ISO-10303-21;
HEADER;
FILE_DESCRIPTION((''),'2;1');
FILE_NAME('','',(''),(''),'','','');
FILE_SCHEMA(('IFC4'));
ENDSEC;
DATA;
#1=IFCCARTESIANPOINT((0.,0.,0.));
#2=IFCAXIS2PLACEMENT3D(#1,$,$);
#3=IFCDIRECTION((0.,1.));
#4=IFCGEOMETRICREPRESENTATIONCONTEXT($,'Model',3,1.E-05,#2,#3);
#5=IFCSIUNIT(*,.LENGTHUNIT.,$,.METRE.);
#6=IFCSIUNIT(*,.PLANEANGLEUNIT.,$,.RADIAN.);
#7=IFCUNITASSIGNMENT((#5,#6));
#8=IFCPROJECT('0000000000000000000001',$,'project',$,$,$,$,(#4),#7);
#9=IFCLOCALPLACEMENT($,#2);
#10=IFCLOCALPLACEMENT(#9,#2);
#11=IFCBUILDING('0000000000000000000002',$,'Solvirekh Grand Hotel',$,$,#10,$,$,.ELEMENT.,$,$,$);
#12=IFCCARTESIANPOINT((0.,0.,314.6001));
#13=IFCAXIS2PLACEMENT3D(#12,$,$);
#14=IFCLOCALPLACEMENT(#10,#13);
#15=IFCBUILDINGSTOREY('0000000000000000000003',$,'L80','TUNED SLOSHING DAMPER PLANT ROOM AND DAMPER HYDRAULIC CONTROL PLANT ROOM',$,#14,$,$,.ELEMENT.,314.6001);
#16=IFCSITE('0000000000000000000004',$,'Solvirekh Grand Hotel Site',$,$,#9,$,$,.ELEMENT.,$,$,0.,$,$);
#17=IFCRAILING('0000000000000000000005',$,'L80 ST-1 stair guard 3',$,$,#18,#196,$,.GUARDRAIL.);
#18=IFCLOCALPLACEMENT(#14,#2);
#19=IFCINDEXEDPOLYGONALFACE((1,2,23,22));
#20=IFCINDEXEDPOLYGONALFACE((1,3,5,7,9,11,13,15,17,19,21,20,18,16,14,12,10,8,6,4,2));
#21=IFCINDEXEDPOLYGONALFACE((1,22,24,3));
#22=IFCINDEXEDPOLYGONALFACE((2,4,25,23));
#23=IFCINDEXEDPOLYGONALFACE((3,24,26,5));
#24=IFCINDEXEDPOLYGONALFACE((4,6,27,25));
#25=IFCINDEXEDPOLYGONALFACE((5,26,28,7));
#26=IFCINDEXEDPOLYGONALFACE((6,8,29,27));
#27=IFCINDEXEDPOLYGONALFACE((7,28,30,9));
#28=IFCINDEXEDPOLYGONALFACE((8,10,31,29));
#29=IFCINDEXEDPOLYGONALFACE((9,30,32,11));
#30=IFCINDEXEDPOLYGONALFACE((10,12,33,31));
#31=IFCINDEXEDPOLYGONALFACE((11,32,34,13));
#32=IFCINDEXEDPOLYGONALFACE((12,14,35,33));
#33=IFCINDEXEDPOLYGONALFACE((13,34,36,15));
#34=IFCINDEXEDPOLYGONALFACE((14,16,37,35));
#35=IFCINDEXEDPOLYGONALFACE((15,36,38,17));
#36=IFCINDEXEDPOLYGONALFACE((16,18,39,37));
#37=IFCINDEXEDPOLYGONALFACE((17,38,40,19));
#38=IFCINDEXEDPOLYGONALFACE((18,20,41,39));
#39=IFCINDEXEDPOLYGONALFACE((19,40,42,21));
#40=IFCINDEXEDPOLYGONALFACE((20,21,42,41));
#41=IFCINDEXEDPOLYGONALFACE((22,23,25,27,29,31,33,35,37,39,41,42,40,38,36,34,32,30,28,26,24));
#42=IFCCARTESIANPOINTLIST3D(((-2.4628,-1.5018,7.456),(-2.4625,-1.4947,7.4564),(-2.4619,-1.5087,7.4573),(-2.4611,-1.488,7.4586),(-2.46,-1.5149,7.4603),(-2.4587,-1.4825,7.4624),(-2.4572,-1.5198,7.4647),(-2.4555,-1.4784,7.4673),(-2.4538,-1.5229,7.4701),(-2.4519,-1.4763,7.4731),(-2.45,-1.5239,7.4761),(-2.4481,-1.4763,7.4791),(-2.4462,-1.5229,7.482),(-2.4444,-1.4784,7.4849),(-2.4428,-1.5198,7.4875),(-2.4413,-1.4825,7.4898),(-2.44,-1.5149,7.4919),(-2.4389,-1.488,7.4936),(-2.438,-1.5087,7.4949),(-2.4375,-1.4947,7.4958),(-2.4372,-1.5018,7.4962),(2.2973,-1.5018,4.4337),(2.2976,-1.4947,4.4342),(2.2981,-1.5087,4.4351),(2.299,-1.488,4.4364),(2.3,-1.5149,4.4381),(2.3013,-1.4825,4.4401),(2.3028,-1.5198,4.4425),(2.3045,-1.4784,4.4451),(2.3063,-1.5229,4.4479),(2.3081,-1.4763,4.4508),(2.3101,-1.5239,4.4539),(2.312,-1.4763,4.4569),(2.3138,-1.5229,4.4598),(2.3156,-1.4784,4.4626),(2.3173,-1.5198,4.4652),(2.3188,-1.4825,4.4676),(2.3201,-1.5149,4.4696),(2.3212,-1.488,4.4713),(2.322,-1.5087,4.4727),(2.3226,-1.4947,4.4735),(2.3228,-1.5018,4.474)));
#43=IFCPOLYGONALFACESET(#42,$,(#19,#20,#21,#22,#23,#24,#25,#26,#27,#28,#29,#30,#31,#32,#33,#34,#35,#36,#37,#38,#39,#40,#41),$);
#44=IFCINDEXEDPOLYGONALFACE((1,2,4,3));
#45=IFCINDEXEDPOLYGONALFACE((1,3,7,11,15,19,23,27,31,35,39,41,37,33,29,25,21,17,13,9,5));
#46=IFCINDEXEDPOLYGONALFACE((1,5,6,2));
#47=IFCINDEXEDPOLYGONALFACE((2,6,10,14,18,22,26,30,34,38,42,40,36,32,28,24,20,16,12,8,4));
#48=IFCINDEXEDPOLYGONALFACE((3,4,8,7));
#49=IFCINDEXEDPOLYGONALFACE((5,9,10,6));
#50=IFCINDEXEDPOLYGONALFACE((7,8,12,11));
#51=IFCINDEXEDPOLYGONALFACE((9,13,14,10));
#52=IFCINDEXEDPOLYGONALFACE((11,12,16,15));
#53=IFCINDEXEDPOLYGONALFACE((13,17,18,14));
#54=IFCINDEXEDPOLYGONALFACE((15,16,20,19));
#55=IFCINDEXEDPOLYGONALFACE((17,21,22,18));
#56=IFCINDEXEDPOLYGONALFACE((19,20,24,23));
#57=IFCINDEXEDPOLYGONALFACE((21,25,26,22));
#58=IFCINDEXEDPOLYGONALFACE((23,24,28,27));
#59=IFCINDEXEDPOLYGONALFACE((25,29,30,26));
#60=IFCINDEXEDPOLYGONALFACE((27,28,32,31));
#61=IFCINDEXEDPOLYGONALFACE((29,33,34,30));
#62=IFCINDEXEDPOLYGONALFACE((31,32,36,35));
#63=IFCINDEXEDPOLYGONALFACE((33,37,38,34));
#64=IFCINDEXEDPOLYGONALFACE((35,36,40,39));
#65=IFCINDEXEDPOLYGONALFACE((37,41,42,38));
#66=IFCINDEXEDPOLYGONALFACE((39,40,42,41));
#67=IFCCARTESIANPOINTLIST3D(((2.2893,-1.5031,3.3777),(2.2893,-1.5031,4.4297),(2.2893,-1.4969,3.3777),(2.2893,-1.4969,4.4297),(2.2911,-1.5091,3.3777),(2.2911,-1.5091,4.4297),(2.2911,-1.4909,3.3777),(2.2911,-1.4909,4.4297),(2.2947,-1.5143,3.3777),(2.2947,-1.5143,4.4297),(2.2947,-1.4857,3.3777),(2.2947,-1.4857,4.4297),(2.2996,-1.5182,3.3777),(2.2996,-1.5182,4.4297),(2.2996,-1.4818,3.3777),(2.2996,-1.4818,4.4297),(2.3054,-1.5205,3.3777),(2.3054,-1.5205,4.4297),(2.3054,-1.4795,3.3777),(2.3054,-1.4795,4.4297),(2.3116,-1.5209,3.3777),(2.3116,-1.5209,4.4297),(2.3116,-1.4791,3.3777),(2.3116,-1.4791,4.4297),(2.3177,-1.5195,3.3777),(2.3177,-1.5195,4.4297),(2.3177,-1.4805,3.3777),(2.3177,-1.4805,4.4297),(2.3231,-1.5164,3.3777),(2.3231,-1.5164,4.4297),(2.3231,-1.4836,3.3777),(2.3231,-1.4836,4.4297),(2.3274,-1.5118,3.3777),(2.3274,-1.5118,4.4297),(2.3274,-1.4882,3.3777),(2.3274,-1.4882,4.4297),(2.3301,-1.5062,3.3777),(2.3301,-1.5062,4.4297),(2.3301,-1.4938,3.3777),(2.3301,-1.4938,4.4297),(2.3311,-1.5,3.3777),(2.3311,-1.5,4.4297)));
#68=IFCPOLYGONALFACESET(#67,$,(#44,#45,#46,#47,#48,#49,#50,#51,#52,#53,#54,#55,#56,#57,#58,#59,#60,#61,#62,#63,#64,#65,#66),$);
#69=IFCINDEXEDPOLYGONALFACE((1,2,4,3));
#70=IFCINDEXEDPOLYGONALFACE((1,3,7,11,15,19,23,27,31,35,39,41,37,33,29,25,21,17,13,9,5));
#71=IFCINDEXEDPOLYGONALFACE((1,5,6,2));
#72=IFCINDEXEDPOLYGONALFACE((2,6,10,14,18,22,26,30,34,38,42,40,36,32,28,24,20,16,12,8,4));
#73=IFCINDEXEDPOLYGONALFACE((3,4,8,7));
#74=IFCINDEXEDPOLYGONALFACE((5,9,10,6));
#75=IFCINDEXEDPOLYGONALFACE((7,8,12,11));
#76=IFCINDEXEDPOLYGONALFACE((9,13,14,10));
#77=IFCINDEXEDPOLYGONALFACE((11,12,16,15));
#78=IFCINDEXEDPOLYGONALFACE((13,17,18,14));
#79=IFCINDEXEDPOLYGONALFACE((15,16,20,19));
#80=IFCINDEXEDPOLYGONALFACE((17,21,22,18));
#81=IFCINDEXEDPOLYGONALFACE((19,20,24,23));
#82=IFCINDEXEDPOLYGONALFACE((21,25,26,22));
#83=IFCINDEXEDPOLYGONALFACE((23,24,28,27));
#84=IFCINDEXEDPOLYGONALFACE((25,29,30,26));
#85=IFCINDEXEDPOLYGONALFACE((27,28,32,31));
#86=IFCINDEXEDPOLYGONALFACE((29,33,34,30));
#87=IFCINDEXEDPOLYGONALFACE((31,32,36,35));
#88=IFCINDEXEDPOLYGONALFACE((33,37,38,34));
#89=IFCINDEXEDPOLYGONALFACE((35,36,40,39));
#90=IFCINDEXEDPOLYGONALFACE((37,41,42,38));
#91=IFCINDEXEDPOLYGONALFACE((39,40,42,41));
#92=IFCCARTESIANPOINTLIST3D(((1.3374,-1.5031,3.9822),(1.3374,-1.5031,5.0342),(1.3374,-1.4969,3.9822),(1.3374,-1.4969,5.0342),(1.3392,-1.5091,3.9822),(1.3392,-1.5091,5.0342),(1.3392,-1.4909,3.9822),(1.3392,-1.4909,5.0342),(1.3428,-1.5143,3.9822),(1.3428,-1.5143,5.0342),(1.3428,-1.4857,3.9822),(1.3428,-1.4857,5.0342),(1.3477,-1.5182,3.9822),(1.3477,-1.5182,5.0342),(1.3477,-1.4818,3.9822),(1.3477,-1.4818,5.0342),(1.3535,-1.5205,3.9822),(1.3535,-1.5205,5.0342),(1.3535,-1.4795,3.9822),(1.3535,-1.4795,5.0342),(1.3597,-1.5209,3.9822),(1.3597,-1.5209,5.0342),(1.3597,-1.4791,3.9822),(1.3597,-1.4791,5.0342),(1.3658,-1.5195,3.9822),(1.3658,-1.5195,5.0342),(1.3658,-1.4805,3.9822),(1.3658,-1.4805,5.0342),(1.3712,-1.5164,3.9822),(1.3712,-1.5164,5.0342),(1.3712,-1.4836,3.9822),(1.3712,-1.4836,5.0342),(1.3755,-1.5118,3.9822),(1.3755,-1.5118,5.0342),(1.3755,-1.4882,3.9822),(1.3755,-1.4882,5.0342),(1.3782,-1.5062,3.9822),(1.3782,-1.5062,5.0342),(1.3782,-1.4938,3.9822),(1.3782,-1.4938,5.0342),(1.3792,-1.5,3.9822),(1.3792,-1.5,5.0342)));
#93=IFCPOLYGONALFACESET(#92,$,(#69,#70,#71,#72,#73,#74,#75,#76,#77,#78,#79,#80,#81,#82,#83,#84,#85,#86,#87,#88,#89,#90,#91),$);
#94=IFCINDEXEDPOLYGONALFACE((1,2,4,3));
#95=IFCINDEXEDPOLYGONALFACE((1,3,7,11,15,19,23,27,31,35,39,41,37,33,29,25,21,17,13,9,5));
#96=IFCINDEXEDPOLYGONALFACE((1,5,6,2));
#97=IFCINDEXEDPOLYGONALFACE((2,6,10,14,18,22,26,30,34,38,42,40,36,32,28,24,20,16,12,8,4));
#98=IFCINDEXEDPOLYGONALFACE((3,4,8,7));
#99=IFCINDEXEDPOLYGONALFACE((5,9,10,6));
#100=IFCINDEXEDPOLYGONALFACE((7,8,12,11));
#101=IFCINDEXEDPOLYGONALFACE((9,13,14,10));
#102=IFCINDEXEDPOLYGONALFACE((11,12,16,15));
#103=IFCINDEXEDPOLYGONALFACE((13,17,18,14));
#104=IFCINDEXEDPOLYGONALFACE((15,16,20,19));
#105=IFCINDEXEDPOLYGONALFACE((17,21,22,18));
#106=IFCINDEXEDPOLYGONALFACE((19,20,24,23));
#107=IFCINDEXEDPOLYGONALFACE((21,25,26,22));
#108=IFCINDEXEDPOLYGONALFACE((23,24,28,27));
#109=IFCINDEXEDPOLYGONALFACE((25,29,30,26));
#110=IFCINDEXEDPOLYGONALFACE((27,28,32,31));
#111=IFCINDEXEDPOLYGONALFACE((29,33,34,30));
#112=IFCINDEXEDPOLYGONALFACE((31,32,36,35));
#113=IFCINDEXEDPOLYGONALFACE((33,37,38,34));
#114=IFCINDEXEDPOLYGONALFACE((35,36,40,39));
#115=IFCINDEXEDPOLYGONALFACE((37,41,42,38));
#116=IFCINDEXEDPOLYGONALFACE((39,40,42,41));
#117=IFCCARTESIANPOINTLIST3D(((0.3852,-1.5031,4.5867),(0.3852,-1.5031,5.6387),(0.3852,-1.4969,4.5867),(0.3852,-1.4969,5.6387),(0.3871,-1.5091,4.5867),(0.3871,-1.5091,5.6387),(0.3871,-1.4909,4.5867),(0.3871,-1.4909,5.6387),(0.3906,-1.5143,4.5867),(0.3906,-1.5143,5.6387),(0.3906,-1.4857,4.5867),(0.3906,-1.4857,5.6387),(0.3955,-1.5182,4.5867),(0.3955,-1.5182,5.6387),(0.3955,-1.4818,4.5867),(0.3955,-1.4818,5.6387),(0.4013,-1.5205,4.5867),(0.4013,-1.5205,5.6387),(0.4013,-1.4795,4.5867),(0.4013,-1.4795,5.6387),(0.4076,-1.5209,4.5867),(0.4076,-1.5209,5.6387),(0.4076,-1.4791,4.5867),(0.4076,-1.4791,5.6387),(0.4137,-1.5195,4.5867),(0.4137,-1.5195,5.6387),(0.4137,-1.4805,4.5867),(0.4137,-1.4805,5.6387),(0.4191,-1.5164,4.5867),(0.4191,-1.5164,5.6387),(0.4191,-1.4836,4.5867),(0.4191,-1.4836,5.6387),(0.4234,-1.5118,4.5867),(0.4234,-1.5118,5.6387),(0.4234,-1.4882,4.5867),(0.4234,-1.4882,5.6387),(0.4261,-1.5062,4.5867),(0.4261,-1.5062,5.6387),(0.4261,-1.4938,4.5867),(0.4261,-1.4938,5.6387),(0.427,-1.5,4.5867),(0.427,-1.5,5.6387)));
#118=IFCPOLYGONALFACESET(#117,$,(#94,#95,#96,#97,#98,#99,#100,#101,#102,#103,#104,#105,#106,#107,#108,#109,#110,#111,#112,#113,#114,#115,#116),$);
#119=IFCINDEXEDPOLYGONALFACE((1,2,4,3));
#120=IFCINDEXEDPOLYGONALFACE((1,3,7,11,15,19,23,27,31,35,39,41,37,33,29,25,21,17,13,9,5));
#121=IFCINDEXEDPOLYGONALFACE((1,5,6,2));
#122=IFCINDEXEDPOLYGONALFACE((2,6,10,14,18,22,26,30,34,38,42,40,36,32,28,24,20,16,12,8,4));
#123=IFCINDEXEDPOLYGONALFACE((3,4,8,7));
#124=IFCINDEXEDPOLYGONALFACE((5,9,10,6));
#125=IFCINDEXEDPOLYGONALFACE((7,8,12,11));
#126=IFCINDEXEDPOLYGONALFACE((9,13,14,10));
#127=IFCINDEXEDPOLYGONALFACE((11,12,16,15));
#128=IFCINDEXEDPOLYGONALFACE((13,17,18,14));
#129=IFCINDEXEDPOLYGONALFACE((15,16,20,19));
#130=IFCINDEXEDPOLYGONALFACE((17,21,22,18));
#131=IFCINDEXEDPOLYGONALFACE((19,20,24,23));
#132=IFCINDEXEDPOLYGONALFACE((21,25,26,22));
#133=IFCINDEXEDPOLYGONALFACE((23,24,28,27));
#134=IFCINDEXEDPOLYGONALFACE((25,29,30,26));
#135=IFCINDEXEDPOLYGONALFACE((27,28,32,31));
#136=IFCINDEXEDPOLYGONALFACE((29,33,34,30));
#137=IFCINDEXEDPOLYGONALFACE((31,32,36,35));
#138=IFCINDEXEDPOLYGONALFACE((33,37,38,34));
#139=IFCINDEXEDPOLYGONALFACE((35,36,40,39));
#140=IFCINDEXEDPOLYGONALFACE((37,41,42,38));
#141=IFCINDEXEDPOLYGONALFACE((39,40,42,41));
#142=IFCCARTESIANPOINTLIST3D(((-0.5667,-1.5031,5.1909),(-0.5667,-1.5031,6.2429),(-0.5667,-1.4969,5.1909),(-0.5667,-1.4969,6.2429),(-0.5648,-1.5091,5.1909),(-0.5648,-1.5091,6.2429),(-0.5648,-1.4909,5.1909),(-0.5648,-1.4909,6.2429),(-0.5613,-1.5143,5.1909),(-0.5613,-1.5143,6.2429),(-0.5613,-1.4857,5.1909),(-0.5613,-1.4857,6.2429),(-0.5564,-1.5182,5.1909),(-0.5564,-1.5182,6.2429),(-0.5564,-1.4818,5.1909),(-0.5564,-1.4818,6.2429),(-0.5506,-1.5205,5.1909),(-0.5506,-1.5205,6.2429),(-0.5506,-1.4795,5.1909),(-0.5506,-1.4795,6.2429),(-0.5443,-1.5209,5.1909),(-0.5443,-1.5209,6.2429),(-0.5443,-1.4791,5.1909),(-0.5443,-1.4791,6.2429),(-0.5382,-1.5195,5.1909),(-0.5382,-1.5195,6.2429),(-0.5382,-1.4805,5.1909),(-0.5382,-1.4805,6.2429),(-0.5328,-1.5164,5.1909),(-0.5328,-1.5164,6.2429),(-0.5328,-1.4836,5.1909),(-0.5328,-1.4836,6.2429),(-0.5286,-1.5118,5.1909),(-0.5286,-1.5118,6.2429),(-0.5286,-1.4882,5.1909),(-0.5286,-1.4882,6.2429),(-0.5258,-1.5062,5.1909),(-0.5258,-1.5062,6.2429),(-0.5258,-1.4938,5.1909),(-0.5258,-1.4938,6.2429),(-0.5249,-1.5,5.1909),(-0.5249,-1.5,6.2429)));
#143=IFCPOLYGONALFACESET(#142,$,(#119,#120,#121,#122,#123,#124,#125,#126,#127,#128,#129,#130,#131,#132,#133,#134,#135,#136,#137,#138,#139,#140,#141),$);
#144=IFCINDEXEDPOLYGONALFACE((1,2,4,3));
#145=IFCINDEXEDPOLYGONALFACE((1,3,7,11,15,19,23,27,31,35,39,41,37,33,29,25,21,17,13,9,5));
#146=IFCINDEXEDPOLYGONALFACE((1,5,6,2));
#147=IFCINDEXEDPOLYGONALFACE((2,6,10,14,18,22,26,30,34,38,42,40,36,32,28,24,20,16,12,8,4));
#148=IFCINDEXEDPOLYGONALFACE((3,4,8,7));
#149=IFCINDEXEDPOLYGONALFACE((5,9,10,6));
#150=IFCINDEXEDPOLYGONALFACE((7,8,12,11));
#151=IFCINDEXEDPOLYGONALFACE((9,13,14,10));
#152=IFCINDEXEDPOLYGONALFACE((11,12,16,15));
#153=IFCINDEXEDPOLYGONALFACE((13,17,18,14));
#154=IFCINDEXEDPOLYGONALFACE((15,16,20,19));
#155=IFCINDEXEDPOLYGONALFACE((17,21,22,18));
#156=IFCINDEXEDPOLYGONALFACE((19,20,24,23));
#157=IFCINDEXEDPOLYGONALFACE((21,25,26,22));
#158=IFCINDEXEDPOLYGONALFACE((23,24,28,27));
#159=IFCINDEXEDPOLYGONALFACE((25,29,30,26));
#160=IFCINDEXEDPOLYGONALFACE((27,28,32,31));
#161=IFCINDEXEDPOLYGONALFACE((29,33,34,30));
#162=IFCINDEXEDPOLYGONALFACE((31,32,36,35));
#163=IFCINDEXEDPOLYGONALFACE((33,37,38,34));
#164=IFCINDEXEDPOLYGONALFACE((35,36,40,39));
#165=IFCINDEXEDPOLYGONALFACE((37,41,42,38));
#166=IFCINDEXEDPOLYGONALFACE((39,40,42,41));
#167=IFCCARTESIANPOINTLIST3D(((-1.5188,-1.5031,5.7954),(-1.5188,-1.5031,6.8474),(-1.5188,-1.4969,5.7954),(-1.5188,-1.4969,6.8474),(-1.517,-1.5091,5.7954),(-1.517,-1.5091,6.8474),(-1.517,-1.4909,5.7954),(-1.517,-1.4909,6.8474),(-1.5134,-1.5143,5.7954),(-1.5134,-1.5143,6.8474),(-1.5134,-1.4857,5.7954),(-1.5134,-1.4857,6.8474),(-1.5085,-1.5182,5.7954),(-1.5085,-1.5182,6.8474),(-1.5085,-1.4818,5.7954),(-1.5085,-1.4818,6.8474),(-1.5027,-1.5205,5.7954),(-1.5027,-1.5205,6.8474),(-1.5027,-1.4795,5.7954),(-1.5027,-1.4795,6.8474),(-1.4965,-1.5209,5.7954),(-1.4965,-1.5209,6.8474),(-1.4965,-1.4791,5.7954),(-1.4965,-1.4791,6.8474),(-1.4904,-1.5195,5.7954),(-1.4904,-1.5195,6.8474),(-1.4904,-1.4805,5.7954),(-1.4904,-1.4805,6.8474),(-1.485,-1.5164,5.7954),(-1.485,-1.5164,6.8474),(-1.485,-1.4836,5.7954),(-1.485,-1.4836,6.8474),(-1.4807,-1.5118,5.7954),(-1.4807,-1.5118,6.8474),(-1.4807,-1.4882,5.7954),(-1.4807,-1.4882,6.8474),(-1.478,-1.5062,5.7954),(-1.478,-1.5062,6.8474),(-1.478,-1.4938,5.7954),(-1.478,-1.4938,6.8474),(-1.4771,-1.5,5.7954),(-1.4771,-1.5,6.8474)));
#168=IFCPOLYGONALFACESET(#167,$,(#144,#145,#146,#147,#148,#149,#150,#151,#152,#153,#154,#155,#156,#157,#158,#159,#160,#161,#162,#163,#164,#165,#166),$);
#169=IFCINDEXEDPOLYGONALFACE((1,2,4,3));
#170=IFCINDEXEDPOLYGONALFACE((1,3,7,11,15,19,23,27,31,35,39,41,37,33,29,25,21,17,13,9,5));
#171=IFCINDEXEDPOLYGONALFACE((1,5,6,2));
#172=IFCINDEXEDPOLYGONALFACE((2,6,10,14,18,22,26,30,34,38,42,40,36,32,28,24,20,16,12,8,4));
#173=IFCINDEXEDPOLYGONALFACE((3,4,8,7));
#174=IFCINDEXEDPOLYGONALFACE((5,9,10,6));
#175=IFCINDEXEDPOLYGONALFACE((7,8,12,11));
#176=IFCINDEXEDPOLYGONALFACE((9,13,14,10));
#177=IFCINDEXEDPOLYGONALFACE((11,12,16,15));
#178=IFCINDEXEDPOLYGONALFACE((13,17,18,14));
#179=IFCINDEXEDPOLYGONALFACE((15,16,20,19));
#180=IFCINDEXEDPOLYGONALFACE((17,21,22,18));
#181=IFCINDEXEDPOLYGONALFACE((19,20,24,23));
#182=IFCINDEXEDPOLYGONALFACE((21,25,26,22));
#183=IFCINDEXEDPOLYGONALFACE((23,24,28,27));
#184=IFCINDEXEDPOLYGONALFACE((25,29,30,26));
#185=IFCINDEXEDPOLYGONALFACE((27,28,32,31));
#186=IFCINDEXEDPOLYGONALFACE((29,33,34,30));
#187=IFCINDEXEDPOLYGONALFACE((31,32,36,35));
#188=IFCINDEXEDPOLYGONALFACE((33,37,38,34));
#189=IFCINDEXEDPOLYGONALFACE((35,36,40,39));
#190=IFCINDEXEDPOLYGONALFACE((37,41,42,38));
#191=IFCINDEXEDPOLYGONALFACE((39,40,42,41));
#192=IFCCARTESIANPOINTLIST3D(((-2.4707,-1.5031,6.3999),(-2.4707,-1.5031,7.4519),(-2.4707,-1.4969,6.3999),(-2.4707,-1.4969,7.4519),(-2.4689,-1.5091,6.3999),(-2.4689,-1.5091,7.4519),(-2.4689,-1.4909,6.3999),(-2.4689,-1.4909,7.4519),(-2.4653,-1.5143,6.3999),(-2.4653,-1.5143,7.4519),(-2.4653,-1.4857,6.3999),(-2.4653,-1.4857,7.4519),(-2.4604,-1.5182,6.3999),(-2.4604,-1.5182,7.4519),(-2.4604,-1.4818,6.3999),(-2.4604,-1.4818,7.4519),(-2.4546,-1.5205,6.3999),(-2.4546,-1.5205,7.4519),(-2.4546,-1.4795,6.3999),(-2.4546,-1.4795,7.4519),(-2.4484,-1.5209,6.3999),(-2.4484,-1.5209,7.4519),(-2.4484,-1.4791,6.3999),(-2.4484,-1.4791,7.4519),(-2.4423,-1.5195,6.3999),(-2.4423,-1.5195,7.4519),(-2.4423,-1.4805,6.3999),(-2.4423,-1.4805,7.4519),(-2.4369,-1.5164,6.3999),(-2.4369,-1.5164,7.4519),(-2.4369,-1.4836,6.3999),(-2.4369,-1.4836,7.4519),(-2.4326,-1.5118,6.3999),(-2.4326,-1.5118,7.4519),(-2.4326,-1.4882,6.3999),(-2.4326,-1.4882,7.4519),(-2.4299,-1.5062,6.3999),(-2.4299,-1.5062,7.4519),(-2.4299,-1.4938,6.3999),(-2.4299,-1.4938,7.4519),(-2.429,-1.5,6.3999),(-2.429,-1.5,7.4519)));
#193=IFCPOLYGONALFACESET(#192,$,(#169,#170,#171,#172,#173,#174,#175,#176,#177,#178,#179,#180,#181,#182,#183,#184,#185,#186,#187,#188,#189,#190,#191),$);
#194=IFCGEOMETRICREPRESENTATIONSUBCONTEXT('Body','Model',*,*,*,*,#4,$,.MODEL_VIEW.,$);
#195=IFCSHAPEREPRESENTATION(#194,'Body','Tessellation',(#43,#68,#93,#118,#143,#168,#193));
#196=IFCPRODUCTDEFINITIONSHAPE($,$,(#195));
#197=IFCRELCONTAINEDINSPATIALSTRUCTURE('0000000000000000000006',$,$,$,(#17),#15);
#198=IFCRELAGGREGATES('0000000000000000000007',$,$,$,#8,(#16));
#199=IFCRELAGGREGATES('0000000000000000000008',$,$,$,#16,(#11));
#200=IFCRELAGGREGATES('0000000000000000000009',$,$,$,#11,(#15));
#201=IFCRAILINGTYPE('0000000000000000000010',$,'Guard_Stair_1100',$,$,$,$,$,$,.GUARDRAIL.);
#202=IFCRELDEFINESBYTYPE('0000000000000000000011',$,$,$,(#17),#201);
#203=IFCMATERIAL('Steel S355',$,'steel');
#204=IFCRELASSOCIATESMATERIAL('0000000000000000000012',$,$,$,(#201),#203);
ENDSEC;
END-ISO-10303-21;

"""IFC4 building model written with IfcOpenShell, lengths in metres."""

from ifc_helpers import new_model, si_unit, direction, frame, origin, origin_2d, place, context, subcontext, project, spatial, circle, extrude, material, type_object, element, save


model = new_model("IFC4")

# Units and contexts
model_context = context("Model", 3, precision=1e-05, world=origin(), true_north=direction((0.0, 1.0)))
body_context = subcontext(model_context, "Body", "Model", "MODEL_VIEW")
ifc_project = project(units=[si_unit("LENGTHUNIT", "METRE"), si_unit("PLANEANGLEUNIT", "RADIAN")], contexts=[model_context])

# Site, building, storey
site_placement = place(None, origin())
site = spatial("IfcSite", under=ifc_project, at=site_placement, Name="Solvirekh Grand Hotel Site", CompositionType="ELEMENT", RefElevation=0.0)
building_placement = place(site_placement, origin())
building = spatial("IfcBuilding", under=site, at=building_placement, Name="Solvirekh Grand Hotel", CompositionType="ELEMENT")
storey_placement = place(building_placement, frame((0.0, 0.0, 314.6001)))
storey = spatial("IfcBuildingStorey", under=building, at=storey_placement, Name="L80", Description="TUNED SLOSHING DAMPER PLANT ROOM AND DAMPER HYDRAULIC CONTROL PLANT ROOM", CompositionType="ELEMENT", Elevation=314.6001)

# Shared definitions
ifc_material_1 = material(Name="Steel S355", Category="steel")

# Railing
railing_type_1 = type_object("IfcRailingType", Name="Guard_Stair_1100", PredefinedType="GUARDRAIL", material=ifc_material_1)
railing_1_placement = place(storey_placement, frame((2.3101, -1.5, 3.3777)))
element("IfcRailing", 1, at=railing_1_placement, inside=storey, type_object=railing_type_1, Name="L80 ST-1 stair guard 3", PredefinedType="GUARDRAIL", context=body_context, shape_type="SweptSolid", body=[
    extrude(circle(Radius=0.0239, at=origin_2d()), frame((0.0, 0.0, 1.0762), z_axis=(-0.844214, 0.0, 0.536007), x_axis=(0.0, -1.0, 0.0)), (0.0, 0.0, 1.0), 5.6384),
    extrude(circle(Radius=0.021, at=origin_2d()), origin(), (0.0, 0.0, 1.0), 1.052),
    extrude(circle(Radius=0.021, at=origin_2d()), frame((-0.9519, 0.0, 0.6045)), (0.0, 0.0, 1.0), 1.052),
    extrude(circle(Radius=0.021, at=origin_2d()), frame((-1.9041, 0.0, 1.209)), (0.0, 0.0, 1.0), 1.052),
    extrude(circle(Radius=0.021, at=origin_2d()), frame((-2.856, 0.0, 1.8132)), (0.0, 0.0, 1.0), 1.052),
    extrude(circle(Radius=0.021, at=origin_2d()), frame((-3.8081, 0.0, 2.4177)), (0.0, 0.0, 1.0), 1.052),
    extrude(circle(Radius=0.021, at=origin_2d()), frame((-4.76, 0.0, 3.0222)), (0.0, 0.0, 1.0), 1.052),
])

save(model, "model.ifc")
